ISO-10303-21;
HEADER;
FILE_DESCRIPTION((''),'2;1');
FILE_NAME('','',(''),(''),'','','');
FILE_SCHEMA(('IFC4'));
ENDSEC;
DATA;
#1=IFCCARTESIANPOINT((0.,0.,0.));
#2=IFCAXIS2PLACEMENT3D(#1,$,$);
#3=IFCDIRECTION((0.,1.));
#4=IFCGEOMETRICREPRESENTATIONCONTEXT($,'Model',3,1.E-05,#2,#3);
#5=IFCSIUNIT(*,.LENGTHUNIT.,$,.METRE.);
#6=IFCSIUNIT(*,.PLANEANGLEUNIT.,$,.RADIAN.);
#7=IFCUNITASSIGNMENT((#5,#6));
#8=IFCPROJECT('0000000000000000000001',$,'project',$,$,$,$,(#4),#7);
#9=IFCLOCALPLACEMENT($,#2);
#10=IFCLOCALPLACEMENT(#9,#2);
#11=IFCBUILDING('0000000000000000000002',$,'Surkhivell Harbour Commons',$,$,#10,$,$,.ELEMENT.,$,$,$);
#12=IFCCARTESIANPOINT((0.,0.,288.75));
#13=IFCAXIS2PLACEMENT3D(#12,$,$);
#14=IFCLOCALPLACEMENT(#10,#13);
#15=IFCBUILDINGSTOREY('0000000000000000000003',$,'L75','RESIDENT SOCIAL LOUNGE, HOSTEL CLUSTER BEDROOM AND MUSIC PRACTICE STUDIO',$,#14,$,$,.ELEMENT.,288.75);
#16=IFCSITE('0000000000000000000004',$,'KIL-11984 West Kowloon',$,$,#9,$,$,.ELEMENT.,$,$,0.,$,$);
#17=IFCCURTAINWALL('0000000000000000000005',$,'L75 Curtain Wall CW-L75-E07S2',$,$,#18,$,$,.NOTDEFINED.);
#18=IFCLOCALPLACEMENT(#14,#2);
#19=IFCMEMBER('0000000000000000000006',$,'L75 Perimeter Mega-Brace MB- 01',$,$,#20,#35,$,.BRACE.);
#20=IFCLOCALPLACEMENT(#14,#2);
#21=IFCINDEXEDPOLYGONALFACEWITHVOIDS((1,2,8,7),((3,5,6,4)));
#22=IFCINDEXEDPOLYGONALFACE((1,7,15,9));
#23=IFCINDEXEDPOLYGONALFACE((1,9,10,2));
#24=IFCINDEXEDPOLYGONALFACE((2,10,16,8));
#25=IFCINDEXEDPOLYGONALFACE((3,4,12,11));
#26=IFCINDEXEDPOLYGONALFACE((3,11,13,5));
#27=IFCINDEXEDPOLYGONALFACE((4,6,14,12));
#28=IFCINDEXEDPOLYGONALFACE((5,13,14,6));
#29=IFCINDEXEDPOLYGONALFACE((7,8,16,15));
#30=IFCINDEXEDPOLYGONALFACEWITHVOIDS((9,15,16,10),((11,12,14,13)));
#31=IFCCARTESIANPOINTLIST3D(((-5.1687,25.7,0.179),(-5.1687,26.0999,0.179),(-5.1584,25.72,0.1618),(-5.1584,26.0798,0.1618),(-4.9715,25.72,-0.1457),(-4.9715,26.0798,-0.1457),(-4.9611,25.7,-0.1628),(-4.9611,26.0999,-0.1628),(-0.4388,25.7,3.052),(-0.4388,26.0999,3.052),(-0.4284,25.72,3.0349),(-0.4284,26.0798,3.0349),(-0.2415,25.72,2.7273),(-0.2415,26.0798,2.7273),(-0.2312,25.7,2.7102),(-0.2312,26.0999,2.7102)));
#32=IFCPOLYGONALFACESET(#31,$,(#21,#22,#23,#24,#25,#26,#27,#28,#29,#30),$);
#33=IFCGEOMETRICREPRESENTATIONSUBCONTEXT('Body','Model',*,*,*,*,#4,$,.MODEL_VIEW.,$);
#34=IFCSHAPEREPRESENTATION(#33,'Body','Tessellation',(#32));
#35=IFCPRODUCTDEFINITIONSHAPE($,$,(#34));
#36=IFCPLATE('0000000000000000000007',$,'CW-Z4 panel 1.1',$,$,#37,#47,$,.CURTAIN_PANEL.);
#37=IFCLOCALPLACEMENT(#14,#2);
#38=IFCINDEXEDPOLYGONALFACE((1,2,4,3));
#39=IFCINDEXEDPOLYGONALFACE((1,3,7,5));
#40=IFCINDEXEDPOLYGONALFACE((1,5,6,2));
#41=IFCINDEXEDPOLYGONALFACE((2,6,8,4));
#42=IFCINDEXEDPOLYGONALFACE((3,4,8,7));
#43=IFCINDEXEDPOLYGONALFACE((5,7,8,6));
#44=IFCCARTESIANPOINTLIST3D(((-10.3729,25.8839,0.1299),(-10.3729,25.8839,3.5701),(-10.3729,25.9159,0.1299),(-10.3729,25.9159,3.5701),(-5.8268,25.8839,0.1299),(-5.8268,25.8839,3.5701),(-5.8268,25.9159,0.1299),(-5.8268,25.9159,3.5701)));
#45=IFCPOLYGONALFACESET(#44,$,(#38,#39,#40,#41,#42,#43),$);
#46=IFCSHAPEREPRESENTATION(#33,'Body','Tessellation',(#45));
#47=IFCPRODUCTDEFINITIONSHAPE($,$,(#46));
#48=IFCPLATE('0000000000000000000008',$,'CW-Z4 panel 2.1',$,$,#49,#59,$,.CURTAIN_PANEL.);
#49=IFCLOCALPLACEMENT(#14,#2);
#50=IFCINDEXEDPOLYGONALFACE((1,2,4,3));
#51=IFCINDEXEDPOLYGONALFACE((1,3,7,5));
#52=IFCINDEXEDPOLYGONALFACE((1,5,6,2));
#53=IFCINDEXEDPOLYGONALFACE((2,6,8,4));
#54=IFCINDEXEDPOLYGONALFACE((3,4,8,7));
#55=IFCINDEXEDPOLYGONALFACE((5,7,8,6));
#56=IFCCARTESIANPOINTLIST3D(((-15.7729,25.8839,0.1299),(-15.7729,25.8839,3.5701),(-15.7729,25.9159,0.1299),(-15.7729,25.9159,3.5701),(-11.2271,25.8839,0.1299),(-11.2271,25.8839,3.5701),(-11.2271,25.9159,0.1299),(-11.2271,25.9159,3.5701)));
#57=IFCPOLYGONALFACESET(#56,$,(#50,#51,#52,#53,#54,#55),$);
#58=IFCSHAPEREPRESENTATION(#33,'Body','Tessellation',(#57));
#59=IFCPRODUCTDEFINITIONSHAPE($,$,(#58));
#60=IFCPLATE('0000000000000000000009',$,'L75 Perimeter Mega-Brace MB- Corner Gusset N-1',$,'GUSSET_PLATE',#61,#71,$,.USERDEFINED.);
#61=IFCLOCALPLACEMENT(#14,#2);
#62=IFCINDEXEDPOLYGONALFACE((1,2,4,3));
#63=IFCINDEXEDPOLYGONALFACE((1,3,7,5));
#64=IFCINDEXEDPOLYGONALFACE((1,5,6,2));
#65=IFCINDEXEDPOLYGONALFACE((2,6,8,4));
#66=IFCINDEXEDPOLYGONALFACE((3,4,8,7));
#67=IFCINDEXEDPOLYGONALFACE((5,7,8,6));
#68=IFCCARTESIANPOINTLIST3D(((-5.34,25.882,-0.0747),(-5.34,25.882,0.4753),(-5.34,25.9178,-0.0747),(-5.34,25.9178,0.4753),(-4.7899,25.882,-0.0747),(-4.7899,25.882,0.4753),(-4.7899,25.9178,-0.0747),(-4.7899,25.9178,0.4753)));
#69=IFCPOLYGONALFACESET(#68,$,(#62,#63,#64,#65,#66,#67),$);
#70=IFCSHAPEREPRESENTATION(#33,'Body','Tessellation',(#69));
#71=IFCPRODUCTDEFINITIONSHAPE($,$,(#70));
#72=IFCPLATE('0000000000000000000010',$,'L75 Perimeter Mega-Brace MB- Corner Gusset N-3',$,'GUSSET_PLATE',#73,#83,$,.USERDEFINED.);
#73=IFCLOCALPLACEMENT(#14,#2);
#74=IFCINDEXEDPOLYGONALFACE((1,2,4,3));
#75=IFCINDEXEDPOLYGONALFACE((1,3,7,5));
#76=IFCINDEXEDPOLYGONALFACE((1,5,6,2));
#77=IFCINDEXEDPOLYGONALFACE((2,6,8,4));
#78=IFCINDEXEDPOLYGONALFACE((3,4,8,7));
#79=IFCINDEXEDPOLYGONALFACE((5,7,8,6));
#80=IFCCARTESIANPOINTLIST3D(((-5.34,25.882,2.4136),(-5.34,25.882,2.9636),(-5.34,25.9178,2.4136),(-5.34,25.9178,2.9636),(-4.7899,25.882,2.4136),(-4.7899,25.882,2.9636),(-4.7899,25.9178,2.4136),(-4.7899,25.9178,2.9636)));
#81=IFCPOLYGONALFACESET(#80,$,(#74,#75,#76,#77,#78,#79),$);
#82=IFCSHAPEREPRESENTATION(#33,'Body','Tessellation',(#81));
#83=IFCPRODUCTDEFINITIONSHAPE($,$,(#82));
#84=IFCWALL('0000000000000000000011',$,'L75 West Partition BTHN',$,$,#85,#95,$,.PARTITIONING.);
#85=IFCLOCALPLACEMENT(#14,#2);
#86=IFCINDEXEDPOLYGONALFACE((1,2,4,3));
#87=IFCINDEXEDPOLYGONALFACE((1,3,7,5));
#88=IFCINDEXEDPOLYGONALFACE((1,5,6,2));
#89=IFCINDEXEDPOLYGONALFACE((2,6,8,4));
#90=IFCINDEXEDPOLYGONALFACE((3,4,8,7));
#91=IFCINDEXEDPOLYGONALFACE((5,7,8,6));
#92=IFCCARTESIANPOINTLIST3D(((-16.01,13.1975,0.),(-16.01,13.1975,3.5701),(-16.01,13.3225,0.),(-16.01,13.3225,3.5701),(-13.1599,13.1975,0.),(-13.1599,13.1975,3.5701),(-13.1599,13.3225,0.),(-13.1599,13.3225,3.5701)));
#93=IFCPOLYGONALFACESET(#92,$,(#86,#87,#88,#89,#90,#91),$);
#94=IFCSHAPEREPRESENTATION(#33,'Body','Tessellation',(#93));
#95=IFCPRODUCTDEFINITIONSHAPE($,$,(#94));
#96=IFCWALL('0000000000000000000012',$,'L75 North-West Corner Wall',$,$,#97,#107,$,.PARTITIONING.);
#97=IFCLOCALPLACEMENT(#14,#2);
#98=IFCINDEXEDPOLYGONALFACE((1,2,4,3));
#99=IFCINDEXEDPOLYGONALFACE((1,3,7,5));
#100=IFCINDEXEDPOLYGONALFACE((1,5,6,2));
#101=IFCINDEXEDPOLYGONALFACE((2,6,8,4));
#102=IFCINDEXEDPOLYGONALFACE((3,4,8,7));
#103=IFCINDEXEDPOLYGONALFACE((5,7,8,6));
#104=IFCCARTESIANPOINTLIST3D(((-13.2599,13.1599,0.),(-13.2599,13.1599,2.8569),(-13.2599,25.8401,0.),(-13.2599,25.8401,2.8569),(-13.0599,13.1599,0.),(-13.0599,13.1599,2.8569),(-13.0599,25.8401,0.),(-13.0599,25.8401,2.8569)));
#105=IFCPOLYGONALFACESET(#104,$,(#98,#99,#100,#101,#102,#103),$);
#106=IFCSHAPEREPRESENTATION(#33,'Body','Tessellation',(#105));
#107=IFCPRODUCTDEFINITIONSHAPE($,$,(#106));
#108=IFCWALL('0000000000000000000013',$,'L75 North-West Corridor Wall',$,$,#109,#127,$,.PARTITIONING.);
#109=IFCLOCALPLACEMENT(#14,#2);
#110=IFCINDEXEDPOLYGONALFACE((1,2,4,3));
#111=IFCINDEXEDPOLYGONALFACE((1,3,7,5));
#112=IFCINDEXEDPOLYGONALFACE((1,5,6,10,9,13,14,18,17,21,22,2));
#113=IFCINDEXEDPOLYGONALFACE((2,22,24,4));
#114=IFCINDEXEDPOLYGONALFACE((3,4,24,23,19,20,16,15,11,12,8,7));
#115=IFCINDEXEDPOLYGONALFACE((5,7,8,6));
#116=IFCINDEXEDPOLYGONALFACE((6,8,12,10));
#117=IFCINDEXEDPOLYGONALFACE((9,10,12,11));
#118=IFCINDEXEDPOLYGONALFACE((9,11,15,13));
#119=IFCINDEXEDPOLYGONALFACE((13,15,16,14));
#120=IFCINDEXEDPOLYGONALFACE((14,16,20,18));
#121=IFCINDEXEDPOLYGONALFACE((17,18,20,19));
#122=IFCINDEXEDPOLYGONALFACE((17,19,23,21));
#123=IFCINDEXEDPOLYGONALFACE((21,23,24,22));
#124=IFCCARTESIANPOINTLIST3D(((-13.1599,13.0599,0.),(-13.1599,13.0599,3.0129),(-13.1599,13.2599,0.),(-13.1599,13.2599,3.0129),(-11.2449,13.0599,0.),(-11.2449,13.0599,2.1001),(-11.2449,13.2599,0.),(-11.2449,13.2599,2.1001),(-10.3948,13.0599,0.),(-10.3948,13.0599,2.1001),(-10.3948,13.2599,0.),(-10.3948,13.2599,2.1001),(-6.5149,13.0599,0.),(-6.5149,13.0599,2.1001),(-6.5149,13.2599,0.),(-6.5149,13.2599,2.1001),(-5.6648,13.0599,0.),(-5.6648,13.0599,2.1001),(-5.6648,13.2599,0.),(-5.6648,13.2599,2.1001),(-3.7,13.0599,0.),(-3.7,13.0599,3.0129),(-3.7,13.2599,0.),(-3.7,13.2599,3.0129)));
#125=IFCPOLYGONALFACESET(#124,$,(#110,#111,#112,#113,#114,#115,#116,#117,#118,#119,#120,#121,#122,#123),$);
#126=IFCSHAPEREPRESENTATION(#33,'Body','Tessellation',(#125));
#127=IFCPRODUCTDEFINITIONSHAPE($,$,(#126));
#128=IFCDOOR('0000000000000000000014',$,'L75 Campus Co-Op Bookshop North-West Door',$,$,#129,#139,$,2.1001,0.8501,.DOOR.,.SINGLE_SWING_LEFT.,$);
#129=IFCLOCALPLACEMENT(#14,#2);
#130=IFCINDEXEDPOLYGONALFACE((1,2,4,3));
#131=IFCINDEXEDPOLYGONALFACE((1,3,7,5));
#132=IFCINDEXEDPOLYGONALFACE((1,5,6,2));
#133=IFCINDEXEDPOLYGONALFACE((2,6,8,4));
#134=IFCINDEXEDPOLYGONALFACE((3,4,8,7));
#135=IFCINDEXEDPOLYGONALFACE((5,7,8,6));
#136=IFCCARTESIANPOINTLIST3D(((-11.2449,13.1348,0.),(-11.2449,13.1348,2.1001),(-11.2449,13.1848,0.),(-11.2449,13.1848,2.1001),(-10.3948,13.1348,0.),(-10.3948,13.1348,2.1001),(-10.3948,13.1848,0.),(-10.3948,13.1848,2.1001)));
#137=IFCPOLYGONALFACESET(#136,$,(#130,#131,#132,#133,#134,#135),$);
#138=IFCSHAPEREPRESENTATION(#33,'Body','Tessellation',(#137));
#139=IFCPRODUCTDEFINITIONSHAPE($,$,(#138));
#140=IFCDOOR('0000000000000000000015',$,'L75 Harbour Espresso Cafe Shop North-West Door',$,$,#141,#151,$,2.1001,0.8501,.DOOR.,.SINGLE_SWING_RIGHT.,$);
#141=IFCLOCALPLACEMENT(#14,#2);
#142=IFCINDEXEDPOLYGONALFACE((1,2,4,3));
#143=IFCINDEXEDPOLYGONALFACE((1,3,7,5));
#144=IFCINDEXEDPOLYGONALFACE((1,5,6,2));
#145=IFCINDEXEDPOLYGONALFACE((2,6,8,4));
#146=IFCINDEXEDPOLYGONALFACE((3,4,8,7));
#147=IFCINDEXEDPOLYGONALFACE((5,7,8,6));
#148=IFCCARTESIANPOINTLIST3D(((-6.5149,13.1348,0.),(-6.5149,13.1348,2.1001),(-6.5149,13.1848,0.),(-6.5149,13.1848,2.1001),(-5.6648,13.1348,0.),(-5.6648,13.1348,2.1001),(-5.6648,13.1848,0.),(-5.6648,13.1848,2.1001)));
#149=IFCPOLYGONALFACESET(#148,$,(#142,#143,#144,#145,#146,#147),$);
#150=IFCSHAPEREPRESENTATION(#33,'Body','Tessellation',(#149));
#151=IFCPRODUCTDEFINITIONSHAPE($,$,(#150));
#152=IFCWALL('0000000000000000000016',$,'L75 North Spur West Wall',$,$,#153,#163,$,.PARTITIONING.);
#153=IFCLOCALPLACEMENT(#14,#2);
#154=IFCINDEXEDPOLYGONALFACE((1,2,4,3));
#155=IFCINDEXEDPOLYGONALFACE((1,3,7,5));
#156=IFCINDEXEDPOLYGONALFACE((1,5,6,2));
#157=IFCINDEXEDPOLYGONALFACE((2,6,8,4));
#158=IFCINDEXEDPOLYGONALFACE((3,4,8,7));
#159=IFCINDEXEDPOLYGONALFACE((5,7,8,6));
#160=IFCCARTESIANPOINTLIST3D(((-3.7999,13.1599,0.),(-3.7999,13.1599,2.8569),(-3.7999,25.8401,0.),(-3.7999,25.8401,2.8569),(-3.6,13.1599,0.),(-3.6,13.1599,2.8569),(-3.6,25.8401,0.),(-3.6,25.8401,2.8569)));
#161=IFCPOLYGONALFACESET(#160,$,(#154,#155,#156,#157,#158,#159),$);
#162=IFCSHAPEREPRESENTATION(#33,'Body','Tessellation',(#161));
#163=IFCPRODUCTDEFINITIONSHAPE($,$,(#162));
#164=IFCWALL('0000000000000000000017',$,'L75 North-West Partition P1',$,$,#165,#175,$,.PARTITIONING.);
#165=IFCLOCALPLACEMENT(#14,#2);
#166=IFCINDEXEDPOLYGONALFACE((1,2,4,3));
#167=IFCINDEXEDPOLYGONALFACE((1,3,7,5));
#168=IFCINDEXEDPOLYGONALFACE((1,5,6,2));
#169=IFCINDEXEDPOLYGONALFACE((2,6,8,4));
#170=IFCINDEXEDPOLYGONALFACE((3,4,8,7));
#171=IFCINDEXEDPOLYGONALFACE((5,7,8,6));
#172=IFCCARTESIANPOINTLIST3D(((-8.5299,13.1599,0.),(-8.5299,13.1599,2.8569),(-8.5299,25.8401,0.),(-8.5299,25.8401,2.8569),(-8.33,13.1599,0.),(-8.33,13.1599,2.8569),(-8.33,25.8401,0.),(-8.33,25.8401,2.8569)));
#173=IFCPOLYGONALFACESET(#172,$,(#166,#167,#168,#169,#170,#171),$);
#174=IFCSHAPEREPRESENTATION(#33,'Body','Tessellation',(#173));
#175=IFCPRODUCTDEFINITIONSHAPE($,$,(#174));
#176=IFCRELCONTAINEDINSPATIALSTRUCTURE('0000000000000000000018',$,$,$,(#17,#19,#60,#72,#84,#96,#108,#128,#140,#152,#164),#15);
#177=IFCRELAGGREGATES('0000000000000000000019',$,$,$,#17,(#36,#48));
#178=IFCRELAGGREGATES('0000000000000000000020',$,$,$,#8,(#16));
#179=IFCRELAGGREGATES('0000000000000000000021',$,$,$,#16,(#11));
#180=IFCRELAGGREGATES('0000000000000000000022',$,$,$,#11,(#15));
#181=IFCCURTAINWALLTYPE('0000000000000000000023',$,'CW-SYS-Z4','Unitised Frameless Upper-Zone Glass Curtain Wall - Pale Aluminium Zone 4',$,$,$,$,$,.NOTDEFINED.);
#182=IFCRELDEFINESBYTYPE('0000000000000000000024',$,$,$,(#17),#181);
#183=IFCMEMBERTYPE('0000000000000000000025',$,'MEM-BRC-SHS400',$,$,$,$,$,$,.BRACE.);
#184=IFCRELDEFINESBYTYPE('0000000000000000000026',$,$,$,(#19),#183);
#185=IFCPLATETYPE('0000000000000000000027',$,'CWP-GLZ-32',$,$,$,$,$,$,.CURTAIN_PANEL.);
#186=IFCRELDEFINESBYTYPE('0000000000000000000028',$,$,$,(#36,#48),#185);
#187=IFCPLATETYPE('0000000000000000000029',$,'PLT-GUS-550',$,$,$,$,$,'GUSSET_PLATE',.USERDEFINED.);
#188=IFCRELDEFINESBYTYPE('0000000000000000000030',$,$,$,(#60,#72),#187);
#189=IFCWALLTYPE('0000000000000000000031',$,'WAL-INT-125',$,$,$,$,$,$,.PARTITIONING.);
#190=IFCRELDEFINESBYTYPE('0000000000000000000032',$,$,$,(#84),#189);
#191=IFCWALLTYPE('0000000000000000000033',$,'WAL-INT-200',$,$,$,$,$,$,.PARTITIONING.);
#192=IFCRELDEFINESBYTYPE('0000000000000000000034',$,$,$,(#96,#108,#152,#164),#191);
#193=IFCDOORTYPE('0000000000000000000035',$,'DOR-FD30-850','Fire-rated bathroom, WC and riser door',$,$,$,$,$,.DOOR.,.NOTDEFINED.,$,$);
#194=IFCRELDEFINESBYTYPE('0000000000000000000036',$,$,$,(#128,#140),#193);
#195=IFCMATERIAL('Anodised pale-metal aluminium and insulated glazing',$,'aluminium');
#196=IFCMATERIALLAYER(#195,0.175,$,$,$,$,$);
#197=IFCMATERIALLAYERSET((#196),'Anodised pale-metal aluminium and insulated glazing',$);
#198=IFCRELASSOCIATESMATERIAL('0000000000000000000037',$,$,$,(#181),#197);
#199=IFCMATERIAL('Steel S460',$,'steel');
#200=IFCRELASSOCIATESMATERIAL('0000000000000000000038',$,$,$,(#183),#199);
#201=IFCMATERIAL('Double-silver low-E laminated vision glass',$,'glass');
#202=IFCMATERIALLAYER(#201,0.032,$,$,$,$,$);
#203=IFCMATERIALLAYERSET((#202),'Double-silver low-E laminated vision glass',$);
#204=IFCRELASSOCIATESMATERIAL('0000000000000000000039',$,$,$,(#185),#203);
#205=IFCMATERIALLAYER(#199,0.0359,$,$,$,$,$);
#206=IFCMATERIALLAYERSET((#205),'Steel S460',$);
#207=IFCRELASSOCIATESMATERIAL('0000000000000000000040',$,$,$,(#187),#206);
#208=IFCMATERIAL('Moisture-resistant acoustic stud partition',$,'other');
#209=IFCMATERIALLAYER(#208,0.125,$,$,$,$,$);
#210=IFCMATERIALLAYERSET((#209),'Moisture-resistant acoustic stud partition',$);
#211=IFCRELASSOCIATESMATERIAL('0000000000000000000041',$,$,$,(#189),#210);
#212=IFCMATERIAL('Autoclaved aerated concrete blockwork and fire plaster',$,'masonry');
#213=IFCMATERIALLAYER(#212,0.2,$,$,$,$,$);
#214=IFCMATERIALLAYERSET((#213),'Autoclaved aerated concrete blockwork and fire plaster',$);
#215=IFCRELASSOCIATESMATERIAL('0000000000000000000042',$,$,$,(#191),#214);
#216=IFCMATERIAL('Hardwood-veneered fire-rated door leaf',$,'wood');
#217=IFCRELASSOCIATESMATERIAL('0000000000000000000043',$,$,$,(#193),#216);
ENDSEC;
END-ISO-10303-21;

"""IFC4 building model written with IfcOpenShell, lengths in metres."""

from ifc_helpers import new_model, si_unit, direction, frame, frame_2d, origin, origin_2d, place, context, subcontext, project, spatial, rectangle, hollow_rectangle, extrude, material, layer, layer_set, material_profile, profile_set, type_object, element, fill, aggregate, save


model = new_model("IFC4")

# Units and contexts
model_context = context("Model", 3, precision=1e-05, world=origin(), true_north=direction((0.0, 1.0)))
body_context = subcontext(model_context, "Body", "Model", "MODEL_VIEW")
ifc_project = project(units=[si_unit("LENGTHUNIT", "METRE"), si_unit("PLANEANGLEUNIT", "RADIAN")], contexts=[model_context])

# Site, building, storey
site_placement = place(None, origin())
site = spatial("IfcSite", under=ifc_project, at=site_placement, Name="KIL-11984 West Kowloon", CompositionType="ELEMENT", RefElevation=0.0)
building_placement = place(site_placement, origin())
building = spatial("IfcBuilding", under=site, at=building_placement, Name="Surkhivell Harbour Commons", CompositionType="ELEMENT")
storey_placement = place(building_placement, frame((0.0, 0.0, 288.75)))
storey = spatial("IfcBuildingStorey", under=building, at=storey_placement, Name="L75", Description="RESIDENT SOCIAL LOUNGE, HOSTEL CLUSTER BEDROOM AND MUSIC PRACTICE STUDIO", CompositionType="ELEMENT", Elevation=288.75)

# Curtain wall
ifc_material_1 = material(Name="Anodised pale-metal aluminium and insulated glazing", Category="aluminium")
ifc_layer_1 = layer(ifc_material_1, 0.175)
ifc_layer_set_1 = layer_set([ifc_layer_1], Name="Anodised pale-metal aluminium and insulated glazing")
curtain_wall_type = type_object("IfcCurtainWallType", Name="CW-SYS-Z4", Description="Unitised Frameless Upper-Zone Glass Curtain Wall - Pale Aluminium Zone 4", PredefinedType="NOTDEFINED", material=ifc_layer_set_1)
curtain_wall_placement = place(storey_placement, origin())
curtain_wall = element("IfcCurtainWall", 1, at=curtain_wall_placement, inside=storey, type_object=curtain_wall_type, Name="L75 Curtain Wall CW-L75-E07S2", PredefinedType="NOTDEFINED")

# Member
ifc_material_2 = material(Name="Steel S460", Category="steel")
ifc_material_profile_1 = material_profile(ifc_material_2, hollow_rectangle(XDim=0.3999, YDim=0.3999, WallThickness=0.02, at=origin_2d()), Name="SHS400x400x20")
ifc_profile_set_1 = profile_set([ifc_material_profile_1], Name="Steel S460")
member_type_1 = type_object("IfcMemberType", Name="MEM-BRC-SHS400", PredefinedType="BRACE", material=ifc_profile_set_1)
member_1_placement = place(storey_placement, frame((-5.0649, 25.8999, 0.0081), z_axis=(0.854685, 0.0, 0.519146), x_axis=(0.0, 1.0, 0.0)))
element("IfcMember", 2, at=member_1_placement, inside=storey, type_object=member_type_1, Name="L75 Perimeter Mega-Brace MB- 01", PredefinedType="BRACE", context=body_context, shape_type="SweptSolid", body=[
    extrude(hollow_rectangle(XDim=0.3999, YDim=0.3999, WallThickness=0.02, at=origin_2d()), origin(), (0.0, 0.0, 1.0), 5.5342),
])

# Plates
ifc_material_3 = material(Name="Double-silver low-E laminated vision glass", Category="glass")
ifc_layer_2 = layer(ifc_material_3, 0.032)
ifc_layer_set_2 = layer_set([ifc_layer_2], Name="Double-silver low-E laminated vision glass")
plate_type_1 = type_object("IfcPlateType", Name="CWP-GLZ-32", PredefinedType="CURTAIN_PANEL", material=ifc_layer_set_2)
plate_1_placement = place(storey_placement, frame((-5.8269, 25.8999, 0.1299), z_axis=(0.0, 0.0, 1.0), x_axis=(-1.0, 0.0, 0.0)))
plate_1 = element("IfcPlate", 3, at=plate_1_placement, type_object=plate_type_1, Name="CW-Z4 panel 1.1", PredefinedType="CURTAIN_PANEL", context=body_context, shape_type="SweptSolid", body=[
    extrude(rectangle(XDim=4.5461, YDim=0.032, at=frame_2d((2.2729, 0.0))), origin(), (0.0, 0.0, 1.0), 3.4402),
])
plate_2_placement = place(storey_placement, frame((-11.2271, 25.8999, 0.1299), z_axis=(0.0, 0.0, 1.0), x_axis=(-1.0, 0.0, 0.0)))
plate_2 = element("IfcPlate", 4, at=plate_2_placement, type_object=plate_type_1, Name="CW-Z4 panel 2.1", PredefinedType="CURTAIN_PANEL", context=body_context, shape_type="SweptSolid", body=[
    extrude(rectangle(XDim=4.5459, YDim=0.032, at=frame_2d((2.2729, 0.0))), origin(), (0.0, 0.0, 1.0), 3.4402),
])
aggregate(curtain_wall, [plate_1, plate_2])

# Plates
ifc_layer_3 = layer(ifc_material_2, 0.0359)
ifc_layer_set_3 = layer_set([ifc_layer_3], Name="Steel S460")
plate_type_2 = type_object("IfcPlateType", Name="PLT-GUS-550", ElementType="GUSSET_PLATE", PredefinedType="USERDEFINED", material=ifc_layer_set_3)
for number, where, z_axis, x_axis, name in (
    (5, (-5.0649, 25.8999, -0.0747), (0.0, 0.0, 1.0), (1.0, 0.0, 0.0), "L75 Perimeter Mega-Brace MB- Corner Gusset N-1"),
    (6, (-5.0649, 25.8999, 2.4136), (0.0, 0.0, 1.0), (1.0, 0.0, 0.0), "L75 Perimeter Mega-Brace MB- Corner Gusset N-3"),
):
    element("IfcPlate", number, at=place(storey_placement, frame(where, z_axis=z_axis, x_axis=x_axis)), inside=storey, type_object=plate_type_2, Name=name, ObjectType="GUSSET_PLATE", PredefinedType="USERDEFINED", context=body_context, shape_type="SweptSolid", body=[
        extrude(rectangle(XDim=0.55, YDim=0.0359, at=origin_2d()), origin(), (0.0, 0.0, 1.0), 0.55),
    ])

# Walls
ifc_material_4 = material(Name="Moisture-resistant acoustic stud partition", Category="other")
ifc_layer_4 = layer(ifc_material_4, 0.125)
ifc_layer_set_4 = layer_set([ifc_layer_4], Name="Moisture-resistant acoustic stud partition")
wall_type_1 = type_object("IfcWallType", Name="WAL-INT-125", PredefinedType="PARTITIONING", material=ifc_layer_set_4)
wall_1_placement = place(storey_placement, frame((-16.01, 13.26, 0.0), z_axis=(0.0, 0.0, 1.0), x_axis=(1.0, 0.0, 0.0)))
element("IfcWall", 7, at=wall_1_placement, inside=storey, type_object=wall_type_1, Name="L75 West Partition BTHN", PredefinedType="PARTITIONING", context=body_context, shape_type="SweptSolid", body=[
    extrude(rectangle(XDim=2.8501, YDim=0.125, at=frame_2d((1.425, 0.0))), origin(), (0.0, 0.0, 1.0), 3.5701),
])
ifc_material_5 = material(Name="Autoclaved aerated concrete blockwork and fire plaster", Category="masonry")
ifc_layer_5 = layer(ifc_material_5, 0.2)
ifc_layer_set_5 = layer_set([ifc_layer_5], Name="Autoclaved aerated concrete blockwork and fire plaster")
wall_type_2 = type_object("IfcWallType", Name="WAL-INT-200", PredefinedType="PARTITIONING", material=ifc_layer_set_5)
wall_2_placement = place(storey_placement, frame((-13.1599, 13.1599, 0.0), z_axis=(0.0, 0.0, 1.0), x_axis=(0.0, 1.0, 0.0)))
element("IfcWall", 8, at=wall_2_placement, inside=storey, type_object=wall_type_2, Name="L75 North-West Corner Wall", PredefinedType="PARTITIONING", context=body_context, shape_type="SweptSolid", body=[
    extrude(rectangle(XDim=12.6802, YDim=0.2, at=frame_2d((6.3401, 0.0))), origin(), (0.0, 0.0, 1.0), 2.8569),
])

# Wall, openings, doors
wall_3_placement = place(storey_placement, frame((-13.1599, 13.1599, 0.0), z_axis=(0.0, 0.0, 1.0), x_axis=(1.0, 0.0, 0.0)))
wall_3 = element("IfcWall", 9, at=wall_3_placement, inside=storey, type_object=wall_type_2, Name="L75 North-West Corridor Wall", PredefinedType="PARTITIONING", context=body_context, shape_type="SweptSolid", body=[
    extrude(rectangle(XDim=9.46, YDim=0.2, at=frame_2d((4.73, 0.0))), origin(), (0.0, 0.0, 1.0), 3.0129),
])
opening_1_placement = place(wall_3_placement, frame((1.915, 0.0, 0.0)))
opening_1 = element("IfcOpeningElement", 10, at=opening_1_placement, cuts=wall_3, PredefinedType="OPENING", context=body_context, shape_type="SweptSolid", body=[
    extrude(rectangle(XDim=0.8501, YDim=2.1001, at=frame_2d((0.425, 1.05))), frame((0.0, 0.1099, 0.0), z_axis=(0.0, -1.0, 0.0), x_axis=(1.0, 0.0, 0.0)), (0.0, 0.0, 1.0), 0.22),
])
opening_2_placement = place(wall_3_placement, frame((6.645, 0.0, 0.0)))
opening_2 = element("IfcOpeningElement", 11, at=opening_2_placement, cuts=wall_3, PredefinedType="OPENING", context=body_context, shape_type="SweptSolid", body=[
    extrude(rectangle(XDim=0.8501, YDim=2.1001, at=frame_2d((0.425, 1.05))), frame((0.0, 0.1099, 0.0), z_axis=(0.0, -1.0, 0.0), x_axis=(1.0, 0.0, 0.0)), (0.0, 0.0, 1.0), 0.22),
])
ifc_material_6 = material(Name="Hardwood-veneered fire-rated door leaf", Category="wood")
door_type = type_object("IfcDoorType", Name="DOR-FD30-850", Description="Fire-rated bathroom, WC and riser door", OperationType="NOTDEFINED", PredefinedType="DOOR", material=ifc_material_6)
door_1_placement = place(opening_1_placement, origin())
door_1 = element("IfcDoor", 12, at=door_1_placement, inside=storey, type_object=door_type, Name="L75 Campus Co-Op Bookshop North-West Door", OperationType="SINGLE_SWING_LEFT", OverallHeight=2.1001, OverallWidth=0.8501, PredefinedType="DOOR", context=body_context, shape_type="SweptSolid", body=[
    extrude(rectangle(XDim=0.8501, YDim=2.1001, at=frame_2d((0.425, 1.05))), frame((0.0, 0.0249, 0.0), z_axis=(0.0, -1.0, 0.0), x_axis=(1.0, 0.0, 0.0)), (0.0, 0.0, 1.0), 0.05),
])
fill(opening_1, door_1)
door_2_placement = place(opening_2_placement, origin())
door_2 = element("IfcDoor", 13, at=door_2_placement, inside=storey, type_object=door_type, Name="L75 Harbour Espresso Cafe Shop North-West Door", OperationType="SINGLE_SWING_RIGHT", OverallHeight=2.1001, OverallWidth=0.8501, PredefinedType="DOOR", context=body_context, shape_type="SweptSolid", body=[
    extrude(rectangle(XDim=0.8501, YDim=2.1001, at=frame_2d((0.425, 1.05))), frame((0.0, 0.0249, 0.0), z_axis=(0.0, -1.0, 0.0), x_axis=(1.0, 0.0, 0.0)), (0.0, 0.0, 1.0), 0.05),
])
fill(opening_2, door_2)

# Walls
for number, where, z_axis, x_axis, name in (
    (14, (-3.7, 13.1599, 0.0), (0.0, 0.0, 1.0), (0.0, 1.0, 0.0), "L75 North Spur West Wall"),
    (15, (-8.4299, 13.1599, 0.0), (0.0, 0.0, 1.0), (0.0, 1.0, 0.0), "L75 North-West Partition P1"),
):
    element("IfcWall", number, at=place(storey_placement, frame(where, z_axis=z_axis, x_axis=x_axis)), inside=storey, type_object=wall_type_2, Name=name, PredefinedType="PARTITIONING", context=body_context, shape_type="SweptSolid", body=[
        extrude(rectangle(XDim=12.6802, YDim=0.2, at=frame_2d((6.3401, 0.0))), origin(), (0.0, 0.0, 1.0), 2.8569),
    ])

save(model, "model.ifc")
